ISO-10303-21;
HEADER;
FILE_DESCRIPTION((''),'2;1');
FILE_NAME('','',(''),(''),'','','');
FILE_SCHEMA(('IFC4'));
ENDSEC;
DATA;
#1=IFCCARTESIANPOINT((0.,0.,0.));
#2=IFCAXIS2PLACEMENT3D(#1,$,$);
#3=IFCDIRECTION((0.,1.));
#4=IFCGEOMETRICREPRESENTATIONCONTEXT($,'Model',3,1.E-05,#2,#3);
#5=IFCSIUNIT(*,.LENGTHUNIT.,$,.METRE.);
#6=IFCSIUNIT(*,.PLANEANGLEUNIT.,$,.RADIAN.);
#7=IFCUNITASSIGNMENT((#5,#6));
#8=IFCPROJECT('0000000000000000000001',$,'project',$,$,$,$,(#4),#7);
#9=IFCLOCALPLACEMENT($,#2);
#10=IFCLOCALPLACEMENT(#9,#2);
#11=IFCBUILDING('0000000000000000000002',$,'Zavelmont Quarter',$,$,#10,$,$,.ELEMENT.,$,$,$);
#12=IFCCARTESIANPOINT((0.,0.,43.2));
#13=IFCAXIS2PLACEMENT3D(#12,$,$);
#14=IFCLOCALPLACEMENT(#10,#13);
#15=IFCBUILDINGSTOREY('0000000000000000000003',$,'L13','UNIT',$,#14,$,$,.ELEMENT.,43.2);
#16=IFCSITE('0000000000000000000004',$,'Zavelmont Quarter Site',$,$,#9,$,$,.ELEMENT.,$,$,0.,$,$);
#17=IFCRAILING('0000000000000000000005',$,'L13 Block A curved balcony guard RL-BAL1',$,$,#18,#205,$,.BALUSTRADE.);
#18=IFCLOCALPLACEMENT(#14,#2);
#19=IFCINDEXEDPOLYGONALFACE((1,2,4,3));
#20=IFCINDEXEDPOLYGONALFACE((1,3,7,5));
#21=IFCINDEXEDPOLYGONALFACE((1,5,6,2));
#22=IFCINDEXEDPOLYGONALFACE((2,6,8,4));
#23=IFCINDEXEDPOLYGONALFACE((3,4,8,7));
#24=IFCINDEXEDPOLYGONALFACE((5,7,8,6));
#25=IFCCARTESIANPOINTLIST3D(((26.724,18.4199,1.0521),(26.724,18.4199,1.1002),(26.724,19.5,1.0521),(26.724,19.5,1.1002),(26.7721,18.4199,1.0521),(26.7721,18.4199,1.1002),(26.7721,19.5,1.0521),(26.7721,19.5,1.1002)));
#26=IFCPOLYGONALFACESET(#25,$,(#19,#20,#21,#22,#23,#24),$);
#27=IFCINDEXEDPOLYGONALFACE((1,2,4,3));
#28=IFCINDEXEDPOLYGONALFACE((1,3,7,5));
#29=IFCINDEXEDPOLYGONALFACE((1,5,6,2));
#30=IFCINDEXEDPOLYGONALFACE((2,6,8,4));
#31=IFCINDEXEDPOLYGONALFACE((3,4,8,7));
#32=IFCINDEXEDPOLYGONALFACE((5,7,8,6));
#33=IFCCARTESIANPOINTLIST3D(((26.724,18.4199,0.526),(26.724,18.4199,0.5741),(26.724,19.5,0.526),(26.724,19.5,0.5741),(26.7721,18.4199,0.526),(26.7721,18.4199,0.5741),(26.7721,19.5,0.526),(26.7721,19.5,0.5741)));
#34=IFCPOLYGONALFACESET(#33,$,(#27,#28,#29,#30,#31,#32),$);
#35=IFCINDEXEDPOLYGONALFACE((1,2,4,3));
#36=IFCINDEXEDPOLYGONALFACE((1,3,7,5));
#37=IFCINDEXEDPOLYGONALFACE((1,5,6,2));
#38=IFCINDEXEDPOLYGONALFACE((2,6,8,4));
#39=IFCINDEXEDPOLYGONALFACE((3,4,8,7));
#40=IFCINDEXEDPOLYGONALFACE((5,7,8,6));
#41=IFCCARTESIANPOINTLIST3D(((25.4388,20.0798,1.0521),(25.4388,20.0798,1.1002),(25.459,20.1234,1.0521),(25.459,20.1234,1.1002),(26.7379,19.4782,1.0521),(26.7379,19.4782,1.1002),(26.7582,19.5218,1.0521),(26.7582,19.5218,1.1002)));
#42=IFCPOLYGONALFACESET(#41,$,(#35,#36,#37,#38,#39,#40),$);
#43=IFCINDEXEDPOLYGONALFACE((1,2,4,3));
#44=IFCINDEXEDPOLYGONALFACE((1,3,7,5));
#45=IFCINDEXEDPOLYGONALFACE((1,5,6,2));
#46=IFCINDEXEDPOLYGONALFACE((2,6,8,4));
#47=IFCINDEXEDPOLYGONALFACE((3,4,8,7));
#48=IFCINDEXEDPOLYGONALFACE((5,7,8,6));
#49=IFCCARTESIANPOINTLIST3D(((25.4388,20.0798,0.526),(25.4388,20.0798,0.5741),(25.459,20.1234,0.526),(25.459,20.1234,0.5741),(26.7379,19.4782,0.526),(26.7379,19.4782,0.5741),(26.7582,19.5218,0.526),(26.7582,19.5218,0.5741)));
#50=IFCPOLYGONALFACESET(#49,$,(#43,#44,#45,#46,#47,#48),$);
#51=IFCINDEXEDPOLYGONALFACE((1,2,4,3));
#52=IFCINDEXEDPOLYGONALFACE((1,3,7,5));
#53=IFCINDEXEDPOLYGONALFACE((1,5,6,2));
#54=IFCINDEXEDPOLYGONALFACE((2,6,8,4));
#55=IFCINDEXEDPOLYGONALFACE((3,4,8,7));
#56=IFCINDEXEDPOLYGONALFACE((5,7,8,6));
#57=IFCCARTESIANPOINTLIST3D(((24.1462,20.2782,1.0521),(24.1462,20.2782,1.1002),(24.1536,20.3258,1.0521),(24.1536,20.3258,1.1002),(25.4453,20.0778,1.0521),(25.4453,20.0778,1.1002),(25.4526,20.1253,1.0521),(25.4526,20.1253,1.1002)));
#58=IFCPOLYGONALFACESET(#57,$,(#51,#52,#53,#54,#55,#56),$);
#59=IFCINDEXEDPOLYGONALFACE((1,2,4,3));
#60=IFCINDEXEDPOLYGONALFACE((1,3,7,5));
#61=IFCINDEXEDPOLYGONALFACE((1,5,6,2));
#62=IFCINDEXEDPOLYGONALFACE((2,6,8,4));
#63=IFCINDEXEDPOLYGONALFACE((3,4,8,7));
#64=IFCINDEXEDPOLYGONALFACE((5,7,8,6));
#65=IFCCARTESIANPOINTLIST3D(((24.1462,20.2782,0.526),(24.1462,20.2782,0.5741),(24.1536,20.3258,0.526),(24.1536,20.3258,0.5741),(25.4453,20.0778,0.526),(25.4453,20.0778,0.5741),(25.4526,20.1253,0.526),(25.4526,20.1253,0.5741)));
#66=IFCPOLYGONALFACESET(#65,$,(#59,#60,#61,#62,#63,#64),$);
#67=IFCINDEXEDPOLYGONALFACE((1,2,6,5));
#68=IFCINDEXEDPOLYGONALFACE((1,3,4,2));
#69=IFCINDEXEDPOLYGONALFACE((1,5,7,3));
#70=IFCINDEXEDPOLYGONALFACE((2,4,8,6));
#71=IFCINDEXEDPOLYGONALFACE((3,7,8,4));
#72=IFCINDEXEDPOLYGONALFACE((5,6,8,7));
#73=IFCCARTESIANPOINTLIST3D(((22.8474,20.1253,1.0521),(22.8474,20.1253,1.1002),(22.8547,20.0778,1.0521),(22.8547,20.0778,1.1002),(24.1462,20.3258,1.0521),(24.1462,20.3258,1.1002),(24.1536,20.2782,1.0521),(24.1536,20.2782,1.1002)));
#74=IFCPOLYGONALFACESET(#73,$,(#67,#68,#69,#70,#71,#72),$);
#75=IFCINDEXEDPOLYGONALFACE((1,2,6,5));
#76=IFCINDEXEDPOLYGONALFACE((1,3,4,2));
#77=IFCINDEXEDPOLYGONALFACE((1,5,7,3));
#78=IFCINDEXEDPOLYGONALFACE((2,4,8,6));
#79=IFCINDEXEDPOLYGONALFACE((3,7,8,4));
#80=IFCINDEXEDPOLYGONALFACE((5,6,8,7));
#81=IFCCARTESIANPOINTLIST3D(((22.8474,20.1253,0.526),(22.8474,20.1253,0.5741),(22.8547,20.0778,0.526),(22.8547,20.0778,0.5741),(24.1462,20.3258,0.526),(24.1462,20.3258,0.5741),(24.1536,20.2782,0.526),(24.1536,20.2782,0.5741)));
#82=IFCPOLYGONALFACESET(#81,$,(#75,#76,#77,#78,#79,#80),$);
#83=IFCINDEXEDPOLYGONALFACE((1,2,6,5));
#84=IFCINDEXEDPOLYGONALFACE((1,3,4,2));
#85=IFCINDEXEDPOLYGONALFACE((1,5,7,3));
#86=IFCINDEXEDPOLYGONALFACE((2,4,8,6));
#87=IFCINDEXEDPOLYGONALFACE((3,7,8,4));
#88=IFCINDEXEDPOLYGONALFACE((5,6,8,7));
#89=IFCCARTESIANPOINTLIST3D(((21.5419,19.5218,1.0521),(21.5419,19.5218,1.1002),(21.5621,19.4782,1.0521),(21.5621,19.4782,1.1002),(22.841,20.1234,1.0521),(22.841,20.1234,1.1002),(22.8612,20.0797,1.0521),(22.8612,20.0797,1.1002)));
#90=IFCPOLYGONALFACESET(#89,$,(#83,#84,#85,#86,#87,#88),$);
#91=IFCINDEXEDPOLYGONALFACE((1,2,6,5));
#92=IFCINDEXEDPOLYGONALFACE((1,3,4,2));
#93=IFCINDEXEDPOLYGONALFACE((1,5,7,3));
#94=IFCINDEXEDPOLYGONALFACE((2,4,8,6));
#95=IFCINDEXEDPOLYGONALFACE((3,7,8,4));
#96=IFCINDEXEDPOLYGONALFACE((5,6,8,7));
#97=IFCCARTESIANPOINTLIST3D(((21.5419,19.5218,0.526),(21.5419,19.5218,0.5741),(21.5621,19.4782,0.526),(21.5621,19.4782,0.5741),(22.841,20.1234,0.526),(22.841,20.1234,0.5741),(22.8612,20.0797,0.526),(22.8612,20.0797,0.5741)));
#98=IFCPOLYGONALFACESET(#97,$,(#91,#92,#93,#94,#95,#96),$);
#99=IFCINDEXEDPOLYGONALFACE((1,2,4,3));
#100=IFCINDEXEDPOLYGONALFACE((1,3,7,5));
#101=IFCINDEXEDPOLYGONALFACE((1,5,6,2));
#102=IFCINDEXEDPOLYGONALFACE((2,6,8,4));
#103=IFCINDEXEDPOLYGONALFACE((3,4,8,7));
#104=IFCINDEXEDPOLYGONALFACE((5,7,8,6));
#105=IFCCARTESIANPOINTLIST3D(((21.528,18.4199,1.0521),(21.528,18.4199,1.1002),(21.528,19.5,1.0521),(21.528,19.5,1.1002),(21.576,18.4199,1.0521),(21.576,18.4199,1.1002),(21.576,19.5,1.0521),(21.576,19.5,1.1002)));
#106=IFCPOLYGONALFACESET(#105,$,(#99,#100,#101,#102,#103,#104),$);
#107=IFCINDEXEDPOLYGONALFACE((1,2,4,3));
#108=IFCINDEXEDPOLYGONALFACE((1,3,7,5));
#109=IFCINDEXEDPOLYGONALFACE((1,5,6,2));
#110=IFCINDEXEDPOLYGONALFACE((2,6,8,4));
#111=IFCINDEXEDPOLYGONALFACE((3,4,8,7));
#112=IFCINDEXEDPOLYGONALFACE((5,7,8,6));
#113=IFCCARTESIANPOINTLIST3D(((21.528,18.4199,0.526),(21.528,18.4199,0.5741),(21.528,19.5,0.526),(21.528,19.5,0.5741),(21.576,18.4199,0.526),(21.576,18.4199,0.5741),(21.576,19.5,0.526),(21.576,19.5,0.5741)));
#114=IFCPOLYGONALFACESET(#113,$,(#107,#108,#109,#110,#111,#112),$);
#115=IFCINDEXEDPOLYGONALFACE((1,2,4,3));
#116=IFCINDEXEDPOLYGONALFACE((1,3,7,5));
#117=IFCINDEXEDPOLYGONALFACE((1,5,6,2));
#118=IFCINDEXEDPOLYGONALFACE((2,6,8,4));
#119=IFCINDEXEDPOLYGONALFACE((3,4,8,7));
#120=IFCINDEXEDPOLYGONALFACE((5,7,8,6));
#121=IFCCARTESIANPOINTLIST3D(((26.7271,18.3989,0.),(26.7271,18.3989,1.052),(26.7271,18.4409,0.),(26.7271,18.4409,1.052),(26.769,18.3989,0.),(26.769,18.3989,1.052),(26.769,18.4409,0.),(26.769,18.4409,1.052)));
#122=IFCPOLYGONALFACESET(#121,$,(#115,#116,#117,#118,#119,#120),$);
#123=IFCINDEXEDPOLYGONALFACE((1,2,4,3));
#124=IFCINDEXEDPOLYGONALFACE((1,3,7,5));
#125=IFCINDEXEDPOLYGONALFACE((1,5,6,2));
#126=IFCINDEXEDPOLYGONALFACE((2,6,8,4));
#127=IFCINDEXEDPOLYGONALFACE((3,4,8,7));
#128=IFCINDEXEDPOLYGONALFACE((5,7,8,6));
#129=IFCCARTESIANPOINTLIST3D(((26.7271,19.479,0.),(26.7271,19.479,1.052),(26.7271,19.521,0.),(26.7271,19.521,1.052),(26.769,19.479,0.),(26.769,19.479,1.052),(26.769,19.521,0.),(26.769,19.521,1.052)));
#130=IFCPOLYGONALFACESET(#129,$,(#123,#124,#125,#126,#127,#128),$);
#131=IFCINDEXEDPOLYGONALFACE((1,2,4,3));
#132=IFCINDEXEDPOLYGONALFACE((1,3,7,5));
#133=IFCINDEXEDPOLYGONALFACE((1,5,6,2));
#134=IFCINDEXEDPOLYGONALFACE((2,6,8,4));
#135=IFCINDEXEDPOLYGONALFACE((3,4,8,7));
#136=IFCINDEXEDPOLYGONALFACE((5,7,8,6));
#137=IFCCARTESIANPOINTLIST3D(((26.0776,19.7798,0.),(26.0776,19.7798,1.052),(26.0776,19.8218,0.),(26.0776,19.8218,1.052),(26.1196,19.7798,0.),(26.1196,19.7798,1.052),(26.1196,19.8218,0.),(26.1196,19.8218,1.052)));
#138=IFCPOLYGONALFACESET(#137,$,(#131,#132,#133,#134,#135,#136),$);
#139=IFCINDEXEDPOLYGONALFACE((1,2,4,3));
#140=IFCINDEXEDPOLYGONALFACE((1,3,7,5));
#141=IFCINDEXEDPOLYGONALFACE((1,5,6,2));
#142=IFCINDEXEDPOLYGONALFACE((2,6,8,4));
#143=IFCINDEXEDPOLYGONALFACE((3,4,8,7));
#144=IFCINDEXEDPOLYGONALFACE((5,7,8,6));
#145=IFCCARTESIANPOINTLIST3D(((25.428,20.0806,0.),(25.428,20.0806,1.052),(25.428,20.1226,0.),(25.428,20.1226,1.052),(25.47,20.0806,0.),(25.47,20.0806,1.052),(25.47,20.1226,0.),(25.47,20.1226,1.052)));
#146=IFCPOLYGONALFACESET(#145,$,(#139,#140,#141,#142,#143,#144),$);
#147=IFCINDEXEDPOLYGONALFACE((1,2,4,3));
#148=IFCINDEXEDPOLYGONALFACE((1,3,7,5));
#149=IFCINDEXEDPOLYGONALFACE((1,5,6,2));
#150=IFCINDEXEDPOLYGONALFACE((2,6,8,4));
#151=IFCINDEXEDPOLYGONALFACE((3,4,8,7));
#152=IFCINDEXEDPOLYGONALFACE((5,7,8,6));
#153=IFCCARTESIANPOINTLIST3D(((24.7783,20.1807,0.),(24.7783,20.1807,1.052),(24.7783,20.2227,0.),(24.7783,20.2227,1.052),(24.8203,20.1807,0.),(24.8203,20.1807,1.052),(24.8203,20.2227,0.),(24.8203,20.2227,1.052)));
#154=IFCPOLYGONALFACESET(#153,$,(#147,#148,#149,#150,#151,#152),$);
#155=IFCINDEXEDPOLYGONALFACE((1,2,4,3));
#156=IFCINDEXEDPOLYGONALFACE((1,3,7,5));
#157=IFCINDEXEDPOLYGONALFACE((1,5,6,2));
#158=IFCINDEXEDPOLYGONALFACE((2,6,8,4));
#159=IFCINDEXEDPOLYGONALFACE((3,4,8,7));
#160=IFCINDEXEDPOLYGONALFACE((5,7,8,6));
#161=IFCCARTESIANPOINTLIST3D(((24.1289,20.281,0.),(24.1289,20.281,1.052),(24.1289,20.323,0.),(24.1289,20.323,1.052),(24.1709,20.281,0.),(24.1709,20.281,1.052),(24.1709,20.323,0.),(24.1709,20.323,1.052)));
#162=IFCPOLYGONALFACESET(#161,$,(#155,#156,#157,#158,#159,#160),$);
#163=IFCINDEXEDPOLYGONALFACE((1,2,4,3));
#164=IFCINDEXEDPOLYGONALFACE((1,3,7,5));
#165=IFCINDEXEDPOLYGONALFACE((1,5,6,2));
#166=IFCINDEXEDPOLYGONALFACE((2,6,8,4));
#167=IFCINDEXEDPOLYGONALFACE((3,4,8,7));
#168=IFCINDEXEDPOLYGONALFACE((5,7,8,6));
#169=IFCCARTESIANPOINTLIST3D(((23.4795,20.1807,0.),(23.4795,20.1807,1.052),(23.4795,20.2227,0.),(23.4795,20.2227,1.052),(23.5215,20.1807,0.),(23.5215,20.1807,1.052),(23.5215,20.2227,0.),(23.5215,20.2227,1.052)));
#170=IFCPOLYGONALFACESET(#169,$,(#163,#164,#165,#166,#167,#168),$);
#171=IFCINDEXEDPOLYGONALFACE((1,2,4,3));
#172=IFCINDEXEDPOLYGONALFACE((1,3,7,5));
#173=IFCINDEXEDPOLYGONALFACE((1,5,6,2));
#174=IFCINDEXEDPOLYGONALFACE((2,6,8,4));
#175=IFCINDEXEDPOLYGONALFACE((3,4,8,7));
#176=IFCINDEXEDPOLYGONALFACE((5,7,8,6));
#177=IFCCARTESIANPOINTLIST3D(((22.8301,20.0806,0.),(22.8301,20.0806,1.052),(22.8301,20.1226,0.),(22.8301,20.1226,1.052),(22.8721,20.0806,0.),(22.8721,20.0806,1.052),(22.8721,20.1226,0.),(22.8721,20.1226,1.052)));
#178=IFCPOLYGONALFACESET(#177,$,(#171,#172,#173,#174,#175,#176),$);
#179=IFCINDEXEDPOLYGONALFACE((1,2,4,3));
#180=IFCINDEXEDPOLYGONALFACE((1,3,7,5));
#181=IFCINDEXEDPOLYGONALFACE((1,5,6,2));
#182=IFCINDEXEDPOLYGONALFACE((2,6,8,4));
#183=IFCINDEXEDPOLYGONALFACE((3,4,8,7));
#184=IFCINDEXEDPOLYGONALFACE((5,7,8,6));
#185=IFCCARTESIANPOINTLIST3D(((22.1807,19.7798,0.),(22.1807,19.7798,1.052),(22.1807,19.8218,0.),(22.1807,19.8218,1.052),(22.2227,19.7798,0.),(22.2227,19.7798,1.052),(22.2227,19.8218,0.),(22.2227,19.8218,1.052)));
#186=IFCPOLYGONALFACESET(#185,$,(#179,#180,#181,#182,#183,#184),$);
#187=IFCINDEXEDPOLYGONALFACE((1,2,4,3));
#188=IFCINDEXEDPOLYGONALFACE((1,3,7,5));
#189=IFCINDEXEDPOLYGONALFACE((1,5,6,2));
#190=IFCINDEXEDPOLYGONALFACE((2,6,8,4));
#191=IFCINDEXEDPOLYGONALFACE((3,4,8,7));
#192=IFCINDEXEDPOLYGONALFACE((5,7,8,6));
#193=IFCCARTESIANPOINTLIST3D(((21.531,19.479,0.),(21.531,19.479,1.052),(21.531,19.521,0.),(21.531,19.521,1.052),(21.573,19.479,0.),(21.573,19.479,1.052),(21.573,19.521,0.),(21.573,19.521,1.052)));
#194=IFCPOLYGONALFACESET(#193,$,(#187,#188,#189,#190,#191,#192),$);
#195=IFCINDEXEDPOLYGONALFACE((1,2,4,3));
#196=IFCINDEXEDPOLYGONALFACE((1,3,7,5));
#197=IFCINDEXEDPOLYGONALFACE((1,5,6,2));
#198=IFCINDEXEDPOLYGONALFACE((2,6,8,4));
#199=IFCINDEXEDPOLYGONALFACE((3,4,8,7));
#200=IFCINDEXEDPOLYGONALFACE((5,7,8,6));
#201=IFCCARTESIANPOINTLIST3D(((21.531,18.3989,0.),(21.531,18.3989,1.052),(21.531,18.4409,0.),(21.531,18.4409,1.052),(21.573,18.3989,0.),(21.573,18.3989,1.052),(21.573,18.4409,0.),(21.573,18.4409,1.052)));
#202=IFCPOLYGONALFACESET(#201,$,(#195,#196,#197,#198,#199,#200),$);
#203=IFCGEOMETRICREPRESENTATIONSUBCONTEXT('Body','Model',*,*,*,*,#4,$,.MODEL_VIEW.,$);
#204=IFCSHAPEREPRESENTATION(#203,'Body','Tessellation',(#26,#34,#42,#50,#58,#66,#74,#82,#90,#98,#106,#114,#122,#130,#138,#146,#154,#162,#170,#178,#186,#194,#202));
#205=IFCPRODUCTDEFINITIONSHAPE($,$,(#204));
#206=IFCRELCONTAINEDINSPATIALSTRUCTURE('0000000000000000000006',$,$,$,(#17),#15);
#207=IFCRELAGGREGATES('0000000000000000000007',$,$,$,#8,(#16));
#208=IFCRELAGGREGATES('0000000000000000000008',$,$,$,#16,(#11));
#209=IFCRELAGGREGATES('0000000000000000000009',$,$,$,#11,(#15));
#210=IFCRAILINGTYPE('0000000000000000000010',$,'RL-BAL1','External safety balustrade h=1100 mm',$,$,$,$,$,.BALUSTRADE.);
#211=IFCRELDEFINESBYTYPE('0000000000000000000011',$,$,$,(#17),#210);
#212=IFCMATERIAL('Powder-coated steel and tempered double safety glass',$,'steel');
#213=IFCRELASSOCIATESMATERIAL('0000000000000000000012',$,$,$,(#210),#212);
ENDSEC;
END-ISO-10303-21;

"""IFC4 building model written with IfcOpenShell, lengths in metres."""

from ifc_helpers import new_model, si_unit, direction, frame, origin, origin_2d, place, context, subcontext, project, spatial, rectangle, extrude, material, type_object, element, save


model = new_model("IFC4")

# Units and contexts
model_context = context("Model", 3, precision=1e-05, world=origin(), true_north=direction((0.0, 1.0)))
body_context = subcontext(model_context, "Body", "Model", "MODEL_VIEW")
ifc_project = project(units=[si_unit("LENGTHUNIT", "METRE"), si_unit("PLANEANGLEUNIT", "RADIAN")], contexts=[model_context])

# Site, building, storey
site_placement = place(None, origin())
site = spatial("IfcSite", under=ifc_project, at=site_placement, Name="Zavelmont Quarter Site", CompositionType="ELEMENT", RefElevation=0.0)
building_placement = place(site_placement, origin())
building = spatial("IfcBuilding", under=site, at=building_placement, Name="Zavelmont Quarter", CompositionType="ELEMENT")
storey_placement = place(building_placement, frame((0.0, 0.0, 43.2)))
storey = spatial("IfcBuildingStorey", under=building, at=storey_placement, Name="L13", Description="UNIT", CompositionType="ELEMENT", Elevation=43.2)

# Railing
ifc_material_1 = material(Name="Powder-coated steel and tempered double safety glass", Category="steel")
railing_type = type_object("IfcRailingType", Name="RL-BAL1", Description="External safety balustrade h=1100 mm", PredefinedType="BALUSTRADE", material=ifc_material_1)
railing_placement = place(storey_placement, frame((26.748, 18.4199, 0.0)))
element("IfcRailing", 1, at=railing_placement, inside=storey, type_object=railing_type, Name="L13 Block A curved balcony guard RL-BAL1", PredefinedType="BALUSTRADE", context=body_context, shape_type="SweptSolid", body=[
    extrude(rectangle(XDim=0.0481, YDim=0.0481, at=origin_2d()), frame((0.0, 0.0, 1.0762), z_axis=(0.0, 1.0, 0.0), x_axis=(-1.0, 0.0, 0.0)), (0.0, 0.0, 1.0), 1.0801),
    extrude(rectangle(XDim=0.0481, YDim=0.0481, at=origin_2d()), frame((0.0, 0.0, 0.55), z_axis=(0.0, 1.0, 0.0), x_axis=(-1.0, 0.0, 0.0)), (0.0, 0.0, 1.0), 1.0801),
    extrude(rectangle(XDim=0.0481, YDim=0.0481, at=origin_2d()), frame((0.0, 1.0801, 1.0762), z_axis=(-0.90743, 0.420204, 0.0), x_axis=(-0.420204, -0.90743, 0.0)), (0.0, 0.0, 1.0), 1.4316),
    extrude(rectangle(XDim=0.0481, YDim=0.0481, at=origin_2d()), frame((0.0, 1.0801, 0.55), z_axis=(-0.90743, 0.420204, 0.0), x_axis=(-0.420204, -0.90743, 0.0)), (0.0, 0.0, 1.0), 1.4316),
    extrude(rectangle(XDim=0.0481, YDim=0.0481, at=origin_2d()), frame((-1.2991, 1.6816, 1.0762), z_axis=(-0.988305, 0.15249, 0.0), x_axis=(-0.15249, -0.988305, 0.0)), (0.0, 0.0, 1.0), 1.3145),
    extrude(rectangle(XDim=0.0481, YDim=0.0481, at=origin_2d()), frame((-1.2991, 1.6816, 0.55), z_axis=(-0.988305, 0.15249, 0.0), x_axis=(-0.15249, -0.988305, 0.0)), (0.0, 0.0, 1.0), 1.3145),
    extrude(rectangle(XDim=0.0481, YDim=0.0481, at=origin_2d()), frame((-2.5981, 1.8821, 1.0762), z_axis=(-0.988301, -0.152518, 0.0), x_axis=(0.152518, -0.988301, 0.0)), (0.0, 0.0, 1.0), 1.3142),
    extrude(rectangle(XDim=0.0481, YDim=0.0481, at=origin_2d()), frame((-2.5981, 1.8821, 0.55), z_axis=(-0.988301, -0.152518, 0.0), x_axis=(0.152518, -0.988301, 0.0)), (0.0, 0.0, 1.0), 1.3142),
    extrude(rectangle(XDim=0.0481, YDim=0.0481, at=origin_2d()), frame((-3.897, 1.6816, 1.0762), z_axis=(-0.90743, -0.420204, 0.0), x_axis=(0.420204, -0.90743, 0.0)), (0.0, 0.0, 1.0), 1.4316),
    extrude(rectangle(XDim=0.0481, YDim=0.0481, at=origin_2d()), frame((-3.897, 1.6816, 0.55), z_axis=(-0.90743, -0.420204, 0.0), x_axis=(0.420204, -0.90743, 0.0)), (0.0, 0.0, 1.0), 1.4316),
    extrude(rectangle(XDim=0.0481, YDim=0.0481, at=origin_2d()), frame((-5.196, 1.0801, 1.0762), z_axis=(0.0, -1.0, 0.0), x_axis=(1.0, 0.0, 0.0)), (0.0, 0.0, 1.0), 1.0801),
    extrude(rectangle(XDim=0.0481, YDim=0.0481, at=origin_2d()), frame((-5.196, 1.0801, 0.55), z_axis=(0.0, -1.0, 0.0), x_axis=(1.0, 0.0, 0.0)), (0.0, 0.0, 1.0), 1.0801),
    extrude(rectangle(XDim=0.042, YDim=0.042, at=origin_2d()), origin(), (0.0, 0.0, 1.0), 1.052),
    extrude(rectangle(XDim=0.042, YDim=0.042, at=origin_2d()), frame((0.0, 1.0801, 0.0)), (0.0, 0.0, 1.0), 1.052),
    extrude(rectangle(XDim=0.042, YDim=0.042, at=origin_2d()), frame((-0.6494, 1.3809, 0.0)), (0.0, 0.0, 1.0), 1.052),
    extrude(rectangle(XDim=0.042, YDim=0.042, at=origin_2d()), frame((-1.2991, 1.6816, 0.0)), (0.0, 0.0, 1.0), 1.052),
    extrude(rectangle(XDim=0.042, YDim=0.042, at=origin_2d()), frame((-1.9487, 1.7817, 0.0)), (0.0, 0.0, 1.0), 1.052),
    extrude(rectangle(XDim=0.042, YDim=0.042, at=origin_2d()), frame((-2.5981, 1.8821, 0.0)), (0.0, 0.0, 1.0), 1.052),
    extrude(rectangle(XDim=0.042, YDim=0.042, at=origin_2d()), frame((-3.2476, 1.7817, 0.0)), (0.0, 0.0, 1.0), 1.052),
    extrude(rectangle(XDim=0.042, YDim=0.042, at=origin_2d()), frame((-3.897, 1.6816, 0.0)), (0.0, 0.0, 1.0), 1.052),
    extrude(rectangle(XDim=0.042, YDim=0.042, at=origin_2d()), frame((-4.5464, 1.3809, 0.0)), (0.0, 0.0, 1.0), 1.052),
    extrude(rectangle(XDim=0.042, YDim=0.042, at=origin_2d()), frame((-5.196, 1.0801, 0.0)), (0.0, 0.0, 1.0), 1.052),
    extrude(rectangle(XDim=0.042, YDim=0.042, at=origin_2d()), frame((-5.196, 0.0, 0.0)), (0.0, 0.0, 1.0), 1.052),
])

save(model, "model.ifc")
